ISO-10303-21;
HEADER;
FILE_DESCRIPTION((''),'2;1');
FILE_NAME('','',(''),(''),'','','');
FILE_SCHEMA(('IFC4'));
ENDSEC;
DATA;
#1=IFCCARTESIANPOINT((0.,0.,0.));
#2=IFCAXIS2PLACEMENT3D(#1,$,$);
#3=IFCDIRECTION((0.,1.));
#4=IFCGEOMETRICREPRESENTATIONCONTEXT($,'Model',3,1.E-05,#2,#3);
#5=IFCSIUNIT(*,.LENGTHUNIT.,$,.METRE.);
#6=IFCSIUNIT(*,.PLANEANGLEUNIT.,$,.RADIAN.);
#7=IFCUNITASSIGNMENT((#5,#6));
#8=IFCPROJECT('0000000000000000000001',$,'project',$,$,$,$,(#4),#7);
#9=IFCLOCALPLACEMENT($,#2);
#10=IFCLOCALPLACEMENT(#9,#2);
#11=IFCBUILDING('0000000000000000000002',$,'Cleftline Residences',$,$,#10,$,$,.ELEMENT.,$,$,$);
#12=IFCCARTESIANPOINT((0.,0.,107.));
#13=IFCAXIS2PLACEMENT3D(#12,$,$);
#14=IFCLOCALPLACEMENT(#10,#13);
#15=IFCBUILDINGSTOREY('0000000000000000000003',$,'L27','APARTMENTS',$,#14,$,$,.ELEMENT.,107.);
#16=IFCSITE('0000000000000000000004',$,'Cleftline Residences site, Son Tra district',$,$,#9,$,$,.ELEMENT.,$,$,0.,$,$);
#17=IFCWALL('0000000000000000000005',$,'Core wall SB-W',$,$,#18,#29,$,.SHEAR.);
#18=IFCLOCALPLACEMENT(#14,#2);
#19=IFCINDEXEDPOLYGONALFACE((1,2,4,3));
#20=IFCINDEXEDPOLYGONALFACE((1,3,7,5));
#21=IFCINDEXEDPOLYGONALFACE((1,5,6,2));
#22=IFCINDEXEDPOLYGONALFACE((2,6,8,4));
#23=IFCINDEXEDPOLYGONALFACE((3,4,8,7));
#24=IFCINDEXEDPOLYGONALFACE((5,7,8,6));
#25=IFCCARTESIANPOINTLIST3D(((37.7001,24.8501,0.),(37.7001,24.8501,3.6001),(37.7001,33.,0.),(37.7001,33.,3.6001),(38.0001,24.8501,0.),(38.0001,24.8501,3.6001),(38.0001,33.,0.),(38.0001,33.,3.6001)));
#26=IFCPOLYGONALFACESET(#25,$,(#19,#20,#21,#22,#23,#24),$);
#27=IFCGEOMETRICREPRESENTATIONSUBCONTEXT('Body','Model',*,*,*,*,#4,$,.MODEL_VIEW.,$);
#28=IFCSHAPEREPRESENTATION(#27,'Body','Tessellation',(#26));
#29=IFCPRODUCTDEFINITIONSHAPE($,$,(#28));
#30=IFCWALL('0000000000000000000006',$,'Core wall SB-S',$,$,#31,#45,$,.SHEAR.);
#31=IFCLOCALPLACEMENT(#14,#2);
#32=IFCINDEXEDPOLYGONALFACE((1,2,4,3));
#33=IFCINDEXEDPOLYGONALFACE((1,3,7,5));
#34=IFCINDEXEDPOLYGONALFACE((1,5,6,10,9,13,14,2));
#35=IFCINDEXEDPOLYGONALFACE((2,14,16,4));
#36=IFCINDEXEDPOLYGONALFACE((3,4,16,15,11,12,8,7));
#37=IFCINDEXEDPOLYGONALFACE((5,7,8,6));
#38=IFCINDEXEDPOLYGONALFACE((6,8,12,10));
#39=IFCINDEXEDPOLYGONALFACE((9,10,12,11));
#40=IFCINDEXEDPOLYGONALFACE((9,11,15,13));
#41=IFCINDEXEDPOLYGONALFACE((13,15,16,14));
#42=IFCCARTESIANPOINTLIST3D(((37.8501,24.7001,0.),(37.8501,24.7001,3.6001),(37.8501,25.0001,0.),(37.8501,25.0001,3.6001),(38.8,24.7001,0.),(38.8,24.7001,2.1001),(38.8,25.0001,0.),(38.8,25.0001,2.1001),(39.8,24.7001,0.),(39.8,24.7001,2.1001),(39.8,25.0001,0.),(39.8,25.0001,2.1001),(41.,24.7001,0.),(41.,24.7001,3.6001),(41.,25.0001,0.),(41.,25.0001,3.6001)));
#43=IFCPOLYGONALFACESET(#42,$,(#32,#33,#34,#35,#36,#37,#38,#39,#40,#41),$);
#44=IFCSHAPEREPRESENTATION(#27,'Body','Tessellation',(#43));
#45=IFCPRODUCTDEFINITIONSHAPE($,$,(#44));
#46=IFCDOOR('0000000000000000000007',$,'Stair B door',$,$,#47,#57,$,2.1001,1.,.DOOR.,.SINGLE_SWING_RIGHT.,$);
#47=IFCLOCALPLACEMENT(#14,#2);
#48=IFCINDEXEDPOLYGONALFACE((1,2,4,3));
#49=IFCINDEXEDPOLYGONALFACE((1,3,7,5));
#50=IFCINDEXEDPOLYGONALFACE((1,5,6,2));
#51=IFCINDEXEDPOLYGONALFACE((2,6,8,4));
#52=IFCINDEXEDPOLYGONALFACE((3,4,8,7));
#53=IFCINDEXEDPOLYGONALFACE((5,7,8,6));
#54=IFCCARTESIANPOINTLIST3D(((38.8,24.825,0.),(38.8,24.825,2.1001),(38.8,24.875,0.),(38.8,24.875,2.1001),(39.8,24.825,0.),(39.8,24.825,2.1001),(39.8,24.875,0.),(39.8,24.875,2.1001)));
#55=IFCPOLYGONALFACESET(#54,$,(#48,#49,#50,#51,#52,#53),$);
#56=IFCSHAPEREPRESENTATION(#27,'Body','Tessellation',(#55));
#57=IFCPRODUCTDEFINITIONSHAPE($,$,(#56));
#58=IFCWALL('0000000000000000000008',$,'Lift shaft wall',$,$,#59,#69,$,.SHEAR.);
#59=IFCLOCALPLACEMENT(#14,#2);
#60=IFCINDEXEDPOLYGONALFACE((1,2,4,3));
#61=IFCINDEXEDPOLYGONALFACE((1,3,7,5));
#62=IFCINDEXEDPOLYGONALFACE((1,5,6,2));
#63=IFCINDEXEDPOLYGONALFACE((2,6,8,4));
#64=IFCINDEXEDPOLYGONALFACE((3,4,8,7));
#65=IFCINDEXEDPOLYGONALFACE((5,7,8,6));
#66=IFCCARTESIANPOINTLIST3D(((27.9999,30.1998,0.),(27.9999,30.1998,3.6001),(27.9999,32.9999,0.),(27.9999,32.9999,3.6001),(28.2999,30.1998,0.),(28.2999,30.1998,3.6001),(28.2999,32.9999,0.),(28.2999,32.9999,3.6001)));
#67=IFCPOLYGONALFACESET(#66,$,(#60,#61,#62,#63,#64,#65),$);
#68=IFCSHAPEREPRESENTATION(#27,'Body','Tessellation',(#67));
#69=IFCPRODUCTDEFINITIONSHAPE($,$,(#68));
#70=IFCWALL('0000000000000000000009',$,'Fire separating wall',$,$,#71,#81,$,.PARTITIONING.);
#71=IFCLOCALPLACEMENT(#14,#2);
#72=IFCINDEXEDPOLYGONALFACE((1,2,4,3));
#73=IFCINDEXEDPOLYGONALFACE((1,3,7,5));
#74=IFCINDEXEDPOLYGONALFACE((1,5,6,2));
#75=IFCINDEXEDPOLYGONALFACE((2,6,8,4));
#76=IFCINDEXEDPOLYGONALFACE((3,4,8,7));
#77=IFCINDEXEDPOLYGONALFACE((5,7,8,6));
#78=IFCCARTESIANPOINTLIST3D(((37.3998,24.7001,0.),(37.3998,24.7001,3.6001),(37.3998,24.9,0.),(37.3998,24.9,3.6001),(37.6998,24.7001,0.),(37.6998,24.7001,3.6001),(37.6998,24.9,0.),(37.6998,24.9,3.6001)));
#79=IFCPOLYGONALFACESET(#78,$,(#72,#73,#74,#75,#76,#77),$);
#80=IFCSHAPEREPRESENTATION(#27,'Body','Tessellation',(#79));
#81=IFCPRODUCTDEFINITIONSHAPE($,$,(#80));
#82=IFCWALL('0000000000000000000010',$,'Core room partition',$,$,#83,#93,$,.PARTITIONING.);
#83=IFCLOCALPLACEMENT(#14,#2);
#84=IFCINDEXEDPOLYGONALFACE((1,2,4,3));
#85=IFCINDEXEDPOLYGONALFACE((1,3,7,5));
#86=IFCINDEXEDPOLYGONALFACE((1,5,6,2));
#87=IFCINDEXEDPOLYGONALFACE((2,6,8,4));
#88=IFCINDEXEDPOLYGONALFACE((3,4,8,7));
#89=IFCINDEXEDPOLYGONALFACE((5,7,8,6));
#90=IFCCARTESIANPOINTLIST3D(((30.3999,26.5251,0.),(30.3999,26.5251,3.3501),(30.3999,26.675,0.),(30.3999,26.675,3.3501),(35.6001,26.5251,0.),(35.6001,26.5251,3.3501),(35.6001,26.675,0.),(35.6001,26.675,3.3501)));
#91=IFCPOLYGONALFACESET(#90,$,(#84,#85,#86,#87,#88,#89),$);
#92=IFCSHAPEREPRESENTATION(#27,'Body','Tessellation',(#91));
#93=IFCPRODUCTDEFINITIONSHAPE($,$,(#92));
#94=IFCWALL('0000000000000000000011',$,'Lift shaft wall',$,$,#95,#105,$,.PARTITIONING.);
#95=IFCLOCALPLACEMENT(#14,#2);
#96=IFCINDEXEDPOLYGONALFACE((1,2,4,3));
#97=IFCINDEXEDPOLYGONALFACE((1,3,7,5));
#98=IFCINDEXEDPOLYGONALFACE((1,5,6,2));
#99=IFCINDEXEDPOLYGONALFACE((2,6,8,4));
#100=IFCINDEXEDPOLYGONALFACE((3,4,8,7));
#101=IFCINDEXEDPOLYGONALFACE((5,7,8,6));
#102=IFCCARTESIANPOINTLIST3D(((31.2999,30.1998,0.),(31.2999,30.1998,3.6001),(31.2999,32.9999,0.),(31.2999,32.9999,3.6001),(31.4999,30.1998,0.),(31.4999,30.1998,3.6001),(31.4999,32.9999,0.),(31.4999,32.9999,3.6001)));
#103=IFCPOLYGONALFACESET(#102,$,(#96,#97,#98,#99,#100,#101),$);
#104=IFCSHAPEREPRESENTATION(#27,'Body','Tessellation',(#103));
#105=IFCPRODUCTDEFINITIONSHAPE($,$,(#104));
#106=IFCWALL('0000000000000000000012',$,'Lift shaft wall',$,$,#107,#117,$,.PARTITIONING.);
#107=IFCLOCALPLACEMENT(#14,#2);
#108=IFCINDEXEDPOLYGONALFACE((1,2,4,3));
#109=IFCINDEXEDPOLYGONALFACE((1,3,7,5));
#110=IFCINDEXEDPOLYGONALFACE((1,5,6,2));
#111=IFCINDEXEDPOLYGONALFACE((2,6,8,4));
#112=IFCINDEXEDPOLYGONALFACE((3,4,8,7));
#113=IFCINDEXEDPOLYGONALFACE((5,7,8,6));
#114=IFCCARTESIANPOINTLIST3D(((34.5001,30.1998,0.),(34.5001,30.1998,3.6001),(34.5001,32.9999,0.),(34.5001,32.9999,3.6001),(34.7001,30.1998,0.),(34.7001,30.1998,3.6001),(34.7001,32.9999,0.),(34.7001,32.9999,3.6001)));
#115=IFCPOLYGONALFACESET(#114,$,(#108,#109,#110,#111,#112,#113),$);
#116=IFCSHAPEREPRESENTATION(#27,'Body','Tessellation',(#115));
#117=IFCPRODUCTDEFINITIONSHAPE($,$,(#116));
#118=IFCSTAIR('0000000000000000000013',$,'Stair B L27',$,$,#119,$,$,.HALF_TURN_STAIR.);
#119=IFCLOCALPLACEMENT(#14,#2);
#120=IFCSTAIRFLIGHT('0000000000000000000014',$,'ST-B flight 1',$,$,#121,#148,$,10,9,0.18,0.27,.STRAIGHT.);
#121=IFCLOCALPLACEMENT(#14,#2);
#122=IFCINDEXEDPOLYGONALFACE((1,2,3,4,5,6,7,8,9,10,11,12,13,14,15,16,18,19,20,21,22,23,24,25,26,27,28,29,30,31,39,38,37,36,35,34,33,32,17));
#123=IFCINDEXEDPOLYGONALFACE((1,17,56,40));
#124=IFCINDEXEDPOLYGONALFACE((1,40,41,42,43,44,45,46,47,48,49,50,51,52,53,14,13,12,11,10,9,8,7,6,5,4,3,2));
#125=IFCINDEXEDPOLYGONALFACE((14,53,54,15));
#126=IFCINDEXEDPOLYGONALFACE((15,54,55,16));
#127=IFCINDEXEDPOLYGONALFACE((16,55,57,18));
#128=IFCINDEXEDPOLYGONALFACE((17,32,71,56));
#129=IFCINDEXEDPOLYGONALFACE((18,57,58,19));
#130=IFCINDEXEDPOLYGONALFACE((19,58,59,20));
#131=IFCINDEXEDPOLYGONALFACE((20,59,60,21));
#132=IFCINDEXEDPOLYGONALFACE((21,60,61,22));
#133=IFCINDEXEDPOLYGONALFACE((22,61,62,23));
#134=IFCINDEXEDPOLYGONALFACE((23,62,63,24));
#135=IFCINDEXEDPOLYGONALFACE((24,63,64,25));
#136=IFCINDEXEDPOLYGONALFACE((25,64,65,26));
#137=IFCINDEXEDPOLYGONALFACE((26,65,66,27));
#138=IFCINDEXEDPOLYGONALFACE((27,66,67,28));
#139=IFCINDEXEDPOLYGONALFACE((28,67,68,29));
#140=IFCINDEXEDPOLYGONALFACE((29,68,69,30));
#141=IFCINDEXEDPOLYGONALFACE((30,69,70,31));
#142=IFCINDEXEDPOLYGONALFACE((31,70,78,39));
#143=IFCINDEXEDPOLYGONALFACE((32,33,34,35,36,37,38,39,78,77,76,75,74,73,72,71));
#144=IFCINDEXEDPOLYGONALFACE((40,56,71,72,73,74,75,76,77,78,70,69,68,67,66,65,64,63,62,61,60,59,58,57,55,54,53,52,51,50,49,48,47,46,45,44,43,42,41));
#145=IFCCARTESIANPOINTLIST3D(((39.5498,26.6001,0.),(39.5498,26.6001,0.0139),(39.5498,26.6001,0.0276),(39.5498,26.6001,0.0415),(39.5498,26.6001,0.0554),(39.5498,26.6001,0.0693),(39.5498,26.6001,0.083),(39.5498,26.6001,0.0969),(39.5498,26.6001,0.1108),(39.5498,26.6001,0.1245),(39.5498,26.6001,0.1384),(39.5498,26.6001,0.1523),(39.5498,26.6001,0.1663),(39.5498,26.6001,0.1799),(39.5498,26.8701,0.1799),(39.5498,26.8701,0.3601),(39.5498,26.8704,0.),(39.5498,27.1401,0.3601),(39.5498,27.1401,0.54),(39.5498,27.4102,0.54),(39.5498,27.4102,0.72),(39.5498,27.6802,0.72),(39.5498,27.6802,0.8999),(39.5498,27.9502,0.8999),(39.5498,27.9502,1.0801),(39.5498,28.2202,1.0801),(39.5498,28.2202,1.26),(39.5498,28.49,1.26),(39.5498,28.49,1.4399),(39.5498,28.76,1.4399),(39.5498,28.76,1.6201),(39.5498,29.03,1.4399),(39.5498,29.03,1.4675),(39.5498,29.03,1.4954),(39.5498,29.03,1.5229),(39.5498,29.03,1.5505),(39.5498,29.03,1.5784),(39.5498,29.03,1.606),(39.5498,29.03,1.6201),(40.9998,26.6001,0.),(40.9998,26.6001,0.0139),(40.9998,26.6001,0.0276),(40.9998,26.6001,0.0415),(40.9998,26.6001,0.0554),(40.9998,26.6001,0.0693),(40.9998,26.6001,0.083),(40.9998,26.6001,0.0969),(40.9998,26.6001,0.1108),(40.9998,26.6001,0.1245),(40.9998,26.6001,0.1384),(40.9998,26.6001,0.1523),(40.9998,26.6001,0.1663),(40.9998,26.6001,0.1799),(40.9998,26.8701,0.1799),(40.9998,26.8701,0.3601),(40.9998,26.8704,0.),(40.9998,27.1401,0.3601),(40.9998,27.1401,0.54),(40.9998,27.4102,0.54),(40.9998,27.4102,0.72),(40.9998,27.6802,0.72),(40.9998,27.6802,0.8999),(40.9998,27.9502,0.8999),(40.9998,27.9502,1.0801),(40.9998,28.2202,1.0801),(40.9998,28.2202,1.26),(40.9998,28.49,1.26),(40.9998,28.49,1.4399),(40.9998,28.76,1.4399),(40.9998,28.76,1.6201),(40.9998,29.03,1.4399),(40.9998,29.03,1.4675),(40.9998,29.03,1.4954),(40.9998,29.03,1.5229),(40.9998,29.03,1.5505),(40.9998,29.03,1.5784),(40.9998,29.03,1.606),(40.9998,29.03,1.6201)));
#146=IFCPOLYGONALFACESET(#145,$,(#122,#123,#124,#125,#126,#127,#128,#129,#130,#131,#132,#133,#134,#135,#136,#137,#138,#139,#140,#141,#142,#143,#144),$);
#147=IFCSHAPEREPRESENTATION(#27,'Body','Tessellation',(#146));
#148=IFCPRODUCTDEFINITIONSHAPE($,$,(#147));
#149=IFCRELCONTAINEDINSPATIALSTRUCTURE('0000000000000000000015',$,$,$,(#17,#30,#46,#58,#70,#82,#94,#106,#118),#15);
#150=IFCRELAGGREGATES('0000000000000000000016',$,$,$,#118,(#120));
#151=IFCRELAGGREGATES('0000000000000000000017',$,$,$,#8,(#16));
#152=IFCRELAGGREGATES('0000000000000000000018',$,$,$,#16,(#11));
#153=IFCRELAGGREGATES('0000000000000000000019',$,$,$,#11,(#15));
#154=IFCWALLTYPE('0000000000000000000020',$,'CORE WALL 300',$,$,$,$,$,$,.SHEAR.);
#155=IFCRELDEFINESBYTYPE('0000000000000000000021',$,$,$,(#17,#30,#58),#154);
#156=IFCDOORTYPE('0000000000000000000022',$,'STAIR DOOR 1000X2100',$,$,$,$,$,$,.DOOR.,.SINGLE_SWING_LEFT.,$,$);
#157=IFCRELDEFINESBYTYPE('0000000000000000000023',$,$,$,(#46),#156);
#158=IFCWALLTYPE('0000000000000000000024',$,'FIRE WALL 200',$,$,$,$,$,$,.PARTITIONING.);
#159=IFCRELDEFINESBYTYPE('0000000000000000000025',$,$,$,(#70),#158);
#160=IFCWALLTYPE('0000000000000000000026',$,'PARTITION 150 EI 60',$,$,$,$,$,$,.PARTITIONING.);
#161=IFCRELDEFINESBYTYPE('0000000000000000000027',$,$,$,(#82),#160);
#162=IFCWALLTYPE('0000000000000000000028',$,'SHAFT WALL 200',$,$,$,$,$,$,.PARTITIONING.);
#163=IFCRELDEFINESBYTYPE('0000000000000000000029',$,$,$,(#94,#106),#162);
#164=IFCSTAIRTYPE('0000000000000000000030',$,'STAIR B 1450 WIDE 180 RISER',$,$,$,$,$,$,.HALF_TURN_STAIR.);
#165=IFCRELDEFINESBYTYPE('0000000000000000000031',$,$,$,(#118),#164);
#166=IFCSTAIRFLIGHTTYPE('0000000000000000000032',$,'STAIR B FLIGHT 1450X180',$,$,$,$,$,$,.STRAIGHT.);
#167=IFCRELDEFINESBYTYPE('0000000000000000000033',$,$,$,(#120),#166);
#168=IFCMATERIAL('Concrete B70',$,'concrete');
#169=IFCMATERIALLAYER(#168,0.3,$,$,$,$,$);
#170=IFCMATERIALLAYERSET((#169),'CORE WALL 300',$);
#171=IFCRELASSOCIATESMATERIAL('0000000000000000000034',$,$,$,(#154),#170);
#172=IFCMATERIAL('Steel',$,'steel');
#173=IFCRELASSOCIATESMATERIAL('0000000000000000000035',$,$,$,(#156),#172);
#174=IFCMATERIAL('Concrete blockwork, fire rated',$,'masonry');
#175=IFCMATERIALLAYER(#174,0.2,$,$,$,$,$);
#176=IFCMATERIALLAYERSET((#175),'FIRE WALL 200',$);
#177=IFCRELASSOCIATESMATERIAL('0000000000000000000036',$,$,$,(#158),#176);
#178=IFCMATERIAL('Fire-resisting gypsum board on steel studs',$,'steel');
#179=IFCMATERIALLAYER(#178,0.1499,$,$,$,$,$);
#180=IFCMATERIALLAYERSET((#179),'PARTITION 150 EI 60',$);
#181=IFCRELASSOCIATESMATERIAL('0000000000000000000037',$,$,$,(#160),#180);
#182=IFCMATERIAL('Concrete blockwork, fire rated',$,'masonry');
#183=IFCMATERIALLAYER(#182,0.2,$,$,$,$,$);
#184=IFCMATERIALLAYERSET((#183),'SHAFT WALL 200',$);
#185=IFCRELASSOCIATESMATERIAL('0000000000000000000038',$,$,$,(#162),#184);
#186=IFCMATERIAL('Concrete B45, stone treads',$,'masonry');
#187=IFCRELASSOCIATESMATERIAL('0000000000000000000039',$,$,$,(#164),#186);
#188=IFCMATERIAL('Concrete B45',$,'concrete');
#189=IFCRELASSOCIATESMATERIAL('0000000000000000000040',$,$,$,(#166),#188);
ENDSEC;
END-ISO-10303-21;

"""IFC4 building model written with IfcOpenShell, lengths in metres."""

from ifc_helpers import new_model, si_unit, direction, frame, frame_2d, origin, place, context, subcontext, project, spatial, polyline, rectangle, outline, extrude, material, layer, layer_set, type_object, element, fill, aggregate, save


model = new_model("IFC4")

# Units and contexts
model_context = context("Model", 3, precision=1e-05, world=origin(), true_north=direction((0.0, 1.0)))
body_context = subcontext(model_context, "Body", "Model", "MODEL_VIEW")
ifc_project = project(units=[si_unit("LENGTHUNIT", "METRE"), si_unit("PLANEANGLEUNIT", "RADIAN")], contexts=[model_context])

# Site, building, storey
site_placement = place(None, origin())
site = spatial("IfcSite", under=ifc_project, at=site_placement, Name="Cleftline Residences site, Son Tra district", CompositionType="ELEMENT", RefElevation=0.0)
building_placement = place(site_placement, origin())
building = spatial("IfcBuilding", under=site, at=building_placement, Name="Cleftline Residences", CompositionType="ELEMENT")
storey_placement = place(building_placement, frame((0.0, 0.0, 107.0)))
storey = spatial("IfcBuildingStorey", under=building, at=storey_placement, Name="L27", Description="APARTMENTS", CompositionType="ELEMENT", Elevation=107.0)

# Wall
ifc_material_1 = material(Name="Concrete B70", Category="concrete")
ifc_layer_1 = layer(ifc_material_1, 0.3)
ifc_layer_set_1 = layer_set([ifc_layer_1], Name="CORE WALL 300")
wall_type_1 = type_object("IfcWallType", Name="CORE WALL 300", PredefinedType="SHEAR", material=ifc_layer_set_1)
wall_1_placement = place(storey_placement, frame((37.8501, 24.8501, 0.0), z_axis=(0.0, 0.0, 1.0), x_axis=(0.0, 1.0, 0.0)))
element("IfcWall", 1, at=wall_1_placement, inside=storey, type_object=wall_type_1, Name="Core wall SB-W", PredefinedType="SHEAR", context=body_context, shape_type="SweptSolid", body=[
    extrude(rectangle(XDim=8.1499, YDim=0.3, at=frame_2d((4.075, 0.0))), origin(), (0.0, 0.0, 1.0), 3.6001),
])

# Wall, opening, door
wall_2_placement = place(storey_placement, frame((37.8501, 24.8501, 0.0), z_axis=(0.0, 0.0, 1.0), x_axis=(1.0, 0.0, 0.0)))
wall_2 = element("IfcWall", 2, at=wall_2_placement, inside=storey, type_object=wall_type_1, Name="Core wall SB-S", PredefinedType="SHEAR", context=body_context, shape_type="SweptSolid", body=[
    extrude(rectangle(XDim=3.1499, YDim=0.3, at=frame_2d((1.575, 0.0))), origin(), (0.0, 0.0, 1.0), 3.6001),
])
opening_placement = place(wall_2_placement, frame((0.95, 0.0, 0.0)))
opening = element("IfcOpeningElement", 3, at=opening_placement, cuts=wall_2, PredefinedType="OPENING", context=body_context, shape_type="SweptSolid", body=[
    extrude(rectangle(XDim=1.0, YDim=2.1001, at=frame_2d((0.5, 1.05))), frame((0.0, 0.1599, 0.0), z_axis=(0.0, -1.0, 0.0), x_axis=(1.0, 0.0, 0.0)), (0.0, 0.0, 1.0), 0.3201),
])
ifc_material_2 = material(Name="Steel", Category="steel")
door_type = type_object("IfcDoorType", Name="STAIR DOOR 1000X2100", OperationType="SINGLE_SWING_LEFT", PredefinedType="DOOR", material=ifc_material_2)
door_placement = place(opening_placement, origin())
door = element("IfcDoor", 4, at=door_placement, inside=storey, type_object=door_type, Name="Stair B door", OperationType="SINGLE_SWING_RIGHT", OverallHeight=2.1001, OverallWidth=1.0, PredefinedType="DOOR", context=body_context, shape_type="SweptSolid", body=[
    extrude(rectangle(XDim=1.0, YDim=2.1001, at=frame_2d((0.5, 1.05))), frame((0.0, 0.0249, 0.0), z_axis=(0.0, -1.0, 0.0), x_axis=(1.0, 0.0, 0.0)), (0.0, 0.0, 1.0), 0.05),
])
fill(opening, door)

# Walls
wall_3_placement = place(storey_placement, frame((28.1499, 30.2, 0.0), z_axis=(0.0, 0.0, 1.0), x_axis=(0.0, 1.0, 0.0)))
element("IfcWall", 5, at=wall_3_placement, inside=storey, type_object=wall_type_1, Name="Lift shaft wall", PredefinedType="SHEAR", context=body_context, shape_type="SweptSolid", body=[
    extrude(rectangle(XDim=2.8, YDim=0.3, at=frame_2d((1.3999, 0.0))), origin(), (0.0, 0.0, 1.0), 3.6001),
])
ifc_material_3 = material(Name="Concrete blockwork, fire rated", Category="masonry")
ifc_layer_2 = layer(ifc_material_3, 0.2)
ifc_layer_set_2 = layer_set([ifc_layer_2], Name="FIRE WALL 200")
wall_type_2 = type_object("IfcWallType", Name="FIRE WALL 200", PredefinedType="PARTITIONING", material=ifc_layer_set_2)
wall_4_placement = place(storey_placement, frame((37.3999, 24.8, 0.0), z_axis=(0.0, 0.0, 1.0), x_axis=(1.0, 0.0, 0.0)))
element("IfcWall", 6, at=wall_4_placement, inside=storey, type_object=wall_type_2, Name="Fire separating wall", PredefinedType="PARTITIONING", context=body_context, shape_type="SweptSolid", body=[
    extrude(rectangle(XDim=0.3, YDim=0.2, at=frame_2d((0.1499, 0.0))), origin(), (0.0, 0.0, 1.0), 3.6001),
])
ifc_material_4 = material(Name="Fire-resisting gypsum board on steel studs", Category="steel")
ifc_layer_3 = layer(ifc_material_4, 0.1499)
ifc_layer_set_3 = layer_set([ifc_layer_3], Name="PARTITION 150 EI 60")
wall_type_3 = type_object("IfcWallType", Name="PARTITION 150 EI 60", PredefinedType="PARTITIONING", material=ifc_layer_set_3)
wall_5_placement = place(storey_placement, frame((30.3999, 26.6001, 0.0), z_axis=(0.0, 0.0, 1.0), x_axis=(1.0, 0.0, 0.0)))
element("IfcWall", 7, at=wall_5_placement, inside=storey, type_object=wall_type_3, Name="Core room partition", PredefinedType="PARTITIONING", context=body_context, shape_type="SweptSolid", body=[
    extrude(rectangle(XDim=5.2002, YDim=0.1499, at=frame_2d((2.6001, 0.0))), origin(), (0.0, 0.0, 1.0), 3.3501),
])
ifc_material_5 = material(Name="Concrete blockwork, fire rated", Category="masonry")
ifc_layer_4 = layer(ifc_material_5, 0.2)
ifc_layer_set_4 = layer_set([ifc_layer_4], Name="SHAFT WALL 200")
wall_type_4 = type_object("IfcWallType", Name="SHAFT WALL 200", PredefinedType="PARTITIONING", material=ifc_layer_set_4)
for number, where, z_axis, x_axis, name in (
    (8, (31.3999, 30.2, 0.0), (0.0, 0.0, 1.0), (0.0, 1.0, 0.0), "Lift shaft wall"),
    (9, (34.6001, 30.2, 0.0), (0.0, 0.0, 1.0), (0.0, 1.0, 0.0), "Lift shaft wall"),
):
    element("IfcWall", number, at=place(storey_placement, frame(where, z_axis=z_axis, x_axis=x_axis)), inside=storey, type_object=wall_type_4, Name=name, PredefinedType="PARTITIONING", context=body_context, shape_type="SweptSolid", body=[
        extrude(rectangle(XDim=2.8, YDim=0.2, at=frame_2d((1.3999, 0.0))), origin(), (0.0, 0.0, 1.0), 3.6001),
    ])

# Stair, stair flight
ifc_material_6 = material(Name="Concrete B45, stone treads", Category="masonry")
stair_type = type_object("IfcStairType", Name="STAIR B 1450 WIDE 180 RISER", PredefinedType="HALF_TURN_STAIR", material=ifc_material_6)
stair_placement = place(storey_placement, origin())
stair = element("IfcStair", 10, at=stair_placement, inside=storey, type_object=stair_type, Name="Stair B L27", PredefinedType="HALF_TURN_STAIR")
ifc_material_7 = material(Name="Concrete B45", Category="concrete")
stair_flight_type = type_object("IfcStairFlightType", Name="STAIR B FLIGHT 1450X180", PredefinedType="STRAIGHT", material=ifc_material_7)
stair_flight_1_placement = place(storey_placement, frame((40.2749, 26.6001, 0.0), z_axis=(0.0, 0.0, 1.0), x_axis=(0.0, 1.0, 0.0)))
stair_flight_1 = element("IfcStairFlight", 11, at=stair_flight_1_placement, type_object=stair_flight_type, Name="ST-B flight 1", NumberOfRisers=10, NumberOfTreads=9, PredefinedType="STRAIGHT", RiserHeight=0.18, TreadLength=0.27, context=body_context, shape_type="SweptSolid", body=[
    extrude(outline(polyline([(0.0, 0.0), (0.0, 0.0139), (0.0, 0.0276), (0.0, 0.0415), (0.0, 0.0554), (0.0, 0.0693), (0.0, 0.083), (0.0, 0.0969), (0.0, 0.1108), (0.0, 0.1245), (0.0, 0.1384), (0.0, 0.1523), (0.0, 0.1663), (0.0, 0.1799), (0.27, 0.1799), (0.27, 0.3601), (0.54, 0.3601), (0.54, 0.54), (0.8101, 0.54), (0.8101, 0.72), (1.0801, 0.72), (1.0801, 0.8999), (1.3501, 0.8999), (1.3501, 1.0801), (1.6201, 1.0801), (1.6201, 1.26), (1.8899, 1.26), (1.8899, 1.4399), (2.1599, 1.4399), (2.1599, 1.6201), (2.4299, 1.6201), (2.4299, 1.8), (2.4299, 1.7722), (2.4299, 1.7446), (2.4299, 1.7168), (2.4299, 1.6892), (2.4299, 1.6614), (2.4299, 1.6338), (2.4299, 1.606), (2.4299, 1.5784), (2.4299, 1.5505), (2.4299, 1.5229), (2.4299, 1.4954), (2.4299, 1.4675), (2.4299, 1.4399), (0.2703, 0.0), (0.0, 0.0)])), frame((0.0, 0.7251, 0.0), z_axis=(0.0, -1.0, 0.0), x_axis=(1.0, 0.0, 0.0)), (0.0, 0.0, 1.0), 1.45),
])
aggregate(stair, [stair_flight_1])

save(model, "model.ifc")
